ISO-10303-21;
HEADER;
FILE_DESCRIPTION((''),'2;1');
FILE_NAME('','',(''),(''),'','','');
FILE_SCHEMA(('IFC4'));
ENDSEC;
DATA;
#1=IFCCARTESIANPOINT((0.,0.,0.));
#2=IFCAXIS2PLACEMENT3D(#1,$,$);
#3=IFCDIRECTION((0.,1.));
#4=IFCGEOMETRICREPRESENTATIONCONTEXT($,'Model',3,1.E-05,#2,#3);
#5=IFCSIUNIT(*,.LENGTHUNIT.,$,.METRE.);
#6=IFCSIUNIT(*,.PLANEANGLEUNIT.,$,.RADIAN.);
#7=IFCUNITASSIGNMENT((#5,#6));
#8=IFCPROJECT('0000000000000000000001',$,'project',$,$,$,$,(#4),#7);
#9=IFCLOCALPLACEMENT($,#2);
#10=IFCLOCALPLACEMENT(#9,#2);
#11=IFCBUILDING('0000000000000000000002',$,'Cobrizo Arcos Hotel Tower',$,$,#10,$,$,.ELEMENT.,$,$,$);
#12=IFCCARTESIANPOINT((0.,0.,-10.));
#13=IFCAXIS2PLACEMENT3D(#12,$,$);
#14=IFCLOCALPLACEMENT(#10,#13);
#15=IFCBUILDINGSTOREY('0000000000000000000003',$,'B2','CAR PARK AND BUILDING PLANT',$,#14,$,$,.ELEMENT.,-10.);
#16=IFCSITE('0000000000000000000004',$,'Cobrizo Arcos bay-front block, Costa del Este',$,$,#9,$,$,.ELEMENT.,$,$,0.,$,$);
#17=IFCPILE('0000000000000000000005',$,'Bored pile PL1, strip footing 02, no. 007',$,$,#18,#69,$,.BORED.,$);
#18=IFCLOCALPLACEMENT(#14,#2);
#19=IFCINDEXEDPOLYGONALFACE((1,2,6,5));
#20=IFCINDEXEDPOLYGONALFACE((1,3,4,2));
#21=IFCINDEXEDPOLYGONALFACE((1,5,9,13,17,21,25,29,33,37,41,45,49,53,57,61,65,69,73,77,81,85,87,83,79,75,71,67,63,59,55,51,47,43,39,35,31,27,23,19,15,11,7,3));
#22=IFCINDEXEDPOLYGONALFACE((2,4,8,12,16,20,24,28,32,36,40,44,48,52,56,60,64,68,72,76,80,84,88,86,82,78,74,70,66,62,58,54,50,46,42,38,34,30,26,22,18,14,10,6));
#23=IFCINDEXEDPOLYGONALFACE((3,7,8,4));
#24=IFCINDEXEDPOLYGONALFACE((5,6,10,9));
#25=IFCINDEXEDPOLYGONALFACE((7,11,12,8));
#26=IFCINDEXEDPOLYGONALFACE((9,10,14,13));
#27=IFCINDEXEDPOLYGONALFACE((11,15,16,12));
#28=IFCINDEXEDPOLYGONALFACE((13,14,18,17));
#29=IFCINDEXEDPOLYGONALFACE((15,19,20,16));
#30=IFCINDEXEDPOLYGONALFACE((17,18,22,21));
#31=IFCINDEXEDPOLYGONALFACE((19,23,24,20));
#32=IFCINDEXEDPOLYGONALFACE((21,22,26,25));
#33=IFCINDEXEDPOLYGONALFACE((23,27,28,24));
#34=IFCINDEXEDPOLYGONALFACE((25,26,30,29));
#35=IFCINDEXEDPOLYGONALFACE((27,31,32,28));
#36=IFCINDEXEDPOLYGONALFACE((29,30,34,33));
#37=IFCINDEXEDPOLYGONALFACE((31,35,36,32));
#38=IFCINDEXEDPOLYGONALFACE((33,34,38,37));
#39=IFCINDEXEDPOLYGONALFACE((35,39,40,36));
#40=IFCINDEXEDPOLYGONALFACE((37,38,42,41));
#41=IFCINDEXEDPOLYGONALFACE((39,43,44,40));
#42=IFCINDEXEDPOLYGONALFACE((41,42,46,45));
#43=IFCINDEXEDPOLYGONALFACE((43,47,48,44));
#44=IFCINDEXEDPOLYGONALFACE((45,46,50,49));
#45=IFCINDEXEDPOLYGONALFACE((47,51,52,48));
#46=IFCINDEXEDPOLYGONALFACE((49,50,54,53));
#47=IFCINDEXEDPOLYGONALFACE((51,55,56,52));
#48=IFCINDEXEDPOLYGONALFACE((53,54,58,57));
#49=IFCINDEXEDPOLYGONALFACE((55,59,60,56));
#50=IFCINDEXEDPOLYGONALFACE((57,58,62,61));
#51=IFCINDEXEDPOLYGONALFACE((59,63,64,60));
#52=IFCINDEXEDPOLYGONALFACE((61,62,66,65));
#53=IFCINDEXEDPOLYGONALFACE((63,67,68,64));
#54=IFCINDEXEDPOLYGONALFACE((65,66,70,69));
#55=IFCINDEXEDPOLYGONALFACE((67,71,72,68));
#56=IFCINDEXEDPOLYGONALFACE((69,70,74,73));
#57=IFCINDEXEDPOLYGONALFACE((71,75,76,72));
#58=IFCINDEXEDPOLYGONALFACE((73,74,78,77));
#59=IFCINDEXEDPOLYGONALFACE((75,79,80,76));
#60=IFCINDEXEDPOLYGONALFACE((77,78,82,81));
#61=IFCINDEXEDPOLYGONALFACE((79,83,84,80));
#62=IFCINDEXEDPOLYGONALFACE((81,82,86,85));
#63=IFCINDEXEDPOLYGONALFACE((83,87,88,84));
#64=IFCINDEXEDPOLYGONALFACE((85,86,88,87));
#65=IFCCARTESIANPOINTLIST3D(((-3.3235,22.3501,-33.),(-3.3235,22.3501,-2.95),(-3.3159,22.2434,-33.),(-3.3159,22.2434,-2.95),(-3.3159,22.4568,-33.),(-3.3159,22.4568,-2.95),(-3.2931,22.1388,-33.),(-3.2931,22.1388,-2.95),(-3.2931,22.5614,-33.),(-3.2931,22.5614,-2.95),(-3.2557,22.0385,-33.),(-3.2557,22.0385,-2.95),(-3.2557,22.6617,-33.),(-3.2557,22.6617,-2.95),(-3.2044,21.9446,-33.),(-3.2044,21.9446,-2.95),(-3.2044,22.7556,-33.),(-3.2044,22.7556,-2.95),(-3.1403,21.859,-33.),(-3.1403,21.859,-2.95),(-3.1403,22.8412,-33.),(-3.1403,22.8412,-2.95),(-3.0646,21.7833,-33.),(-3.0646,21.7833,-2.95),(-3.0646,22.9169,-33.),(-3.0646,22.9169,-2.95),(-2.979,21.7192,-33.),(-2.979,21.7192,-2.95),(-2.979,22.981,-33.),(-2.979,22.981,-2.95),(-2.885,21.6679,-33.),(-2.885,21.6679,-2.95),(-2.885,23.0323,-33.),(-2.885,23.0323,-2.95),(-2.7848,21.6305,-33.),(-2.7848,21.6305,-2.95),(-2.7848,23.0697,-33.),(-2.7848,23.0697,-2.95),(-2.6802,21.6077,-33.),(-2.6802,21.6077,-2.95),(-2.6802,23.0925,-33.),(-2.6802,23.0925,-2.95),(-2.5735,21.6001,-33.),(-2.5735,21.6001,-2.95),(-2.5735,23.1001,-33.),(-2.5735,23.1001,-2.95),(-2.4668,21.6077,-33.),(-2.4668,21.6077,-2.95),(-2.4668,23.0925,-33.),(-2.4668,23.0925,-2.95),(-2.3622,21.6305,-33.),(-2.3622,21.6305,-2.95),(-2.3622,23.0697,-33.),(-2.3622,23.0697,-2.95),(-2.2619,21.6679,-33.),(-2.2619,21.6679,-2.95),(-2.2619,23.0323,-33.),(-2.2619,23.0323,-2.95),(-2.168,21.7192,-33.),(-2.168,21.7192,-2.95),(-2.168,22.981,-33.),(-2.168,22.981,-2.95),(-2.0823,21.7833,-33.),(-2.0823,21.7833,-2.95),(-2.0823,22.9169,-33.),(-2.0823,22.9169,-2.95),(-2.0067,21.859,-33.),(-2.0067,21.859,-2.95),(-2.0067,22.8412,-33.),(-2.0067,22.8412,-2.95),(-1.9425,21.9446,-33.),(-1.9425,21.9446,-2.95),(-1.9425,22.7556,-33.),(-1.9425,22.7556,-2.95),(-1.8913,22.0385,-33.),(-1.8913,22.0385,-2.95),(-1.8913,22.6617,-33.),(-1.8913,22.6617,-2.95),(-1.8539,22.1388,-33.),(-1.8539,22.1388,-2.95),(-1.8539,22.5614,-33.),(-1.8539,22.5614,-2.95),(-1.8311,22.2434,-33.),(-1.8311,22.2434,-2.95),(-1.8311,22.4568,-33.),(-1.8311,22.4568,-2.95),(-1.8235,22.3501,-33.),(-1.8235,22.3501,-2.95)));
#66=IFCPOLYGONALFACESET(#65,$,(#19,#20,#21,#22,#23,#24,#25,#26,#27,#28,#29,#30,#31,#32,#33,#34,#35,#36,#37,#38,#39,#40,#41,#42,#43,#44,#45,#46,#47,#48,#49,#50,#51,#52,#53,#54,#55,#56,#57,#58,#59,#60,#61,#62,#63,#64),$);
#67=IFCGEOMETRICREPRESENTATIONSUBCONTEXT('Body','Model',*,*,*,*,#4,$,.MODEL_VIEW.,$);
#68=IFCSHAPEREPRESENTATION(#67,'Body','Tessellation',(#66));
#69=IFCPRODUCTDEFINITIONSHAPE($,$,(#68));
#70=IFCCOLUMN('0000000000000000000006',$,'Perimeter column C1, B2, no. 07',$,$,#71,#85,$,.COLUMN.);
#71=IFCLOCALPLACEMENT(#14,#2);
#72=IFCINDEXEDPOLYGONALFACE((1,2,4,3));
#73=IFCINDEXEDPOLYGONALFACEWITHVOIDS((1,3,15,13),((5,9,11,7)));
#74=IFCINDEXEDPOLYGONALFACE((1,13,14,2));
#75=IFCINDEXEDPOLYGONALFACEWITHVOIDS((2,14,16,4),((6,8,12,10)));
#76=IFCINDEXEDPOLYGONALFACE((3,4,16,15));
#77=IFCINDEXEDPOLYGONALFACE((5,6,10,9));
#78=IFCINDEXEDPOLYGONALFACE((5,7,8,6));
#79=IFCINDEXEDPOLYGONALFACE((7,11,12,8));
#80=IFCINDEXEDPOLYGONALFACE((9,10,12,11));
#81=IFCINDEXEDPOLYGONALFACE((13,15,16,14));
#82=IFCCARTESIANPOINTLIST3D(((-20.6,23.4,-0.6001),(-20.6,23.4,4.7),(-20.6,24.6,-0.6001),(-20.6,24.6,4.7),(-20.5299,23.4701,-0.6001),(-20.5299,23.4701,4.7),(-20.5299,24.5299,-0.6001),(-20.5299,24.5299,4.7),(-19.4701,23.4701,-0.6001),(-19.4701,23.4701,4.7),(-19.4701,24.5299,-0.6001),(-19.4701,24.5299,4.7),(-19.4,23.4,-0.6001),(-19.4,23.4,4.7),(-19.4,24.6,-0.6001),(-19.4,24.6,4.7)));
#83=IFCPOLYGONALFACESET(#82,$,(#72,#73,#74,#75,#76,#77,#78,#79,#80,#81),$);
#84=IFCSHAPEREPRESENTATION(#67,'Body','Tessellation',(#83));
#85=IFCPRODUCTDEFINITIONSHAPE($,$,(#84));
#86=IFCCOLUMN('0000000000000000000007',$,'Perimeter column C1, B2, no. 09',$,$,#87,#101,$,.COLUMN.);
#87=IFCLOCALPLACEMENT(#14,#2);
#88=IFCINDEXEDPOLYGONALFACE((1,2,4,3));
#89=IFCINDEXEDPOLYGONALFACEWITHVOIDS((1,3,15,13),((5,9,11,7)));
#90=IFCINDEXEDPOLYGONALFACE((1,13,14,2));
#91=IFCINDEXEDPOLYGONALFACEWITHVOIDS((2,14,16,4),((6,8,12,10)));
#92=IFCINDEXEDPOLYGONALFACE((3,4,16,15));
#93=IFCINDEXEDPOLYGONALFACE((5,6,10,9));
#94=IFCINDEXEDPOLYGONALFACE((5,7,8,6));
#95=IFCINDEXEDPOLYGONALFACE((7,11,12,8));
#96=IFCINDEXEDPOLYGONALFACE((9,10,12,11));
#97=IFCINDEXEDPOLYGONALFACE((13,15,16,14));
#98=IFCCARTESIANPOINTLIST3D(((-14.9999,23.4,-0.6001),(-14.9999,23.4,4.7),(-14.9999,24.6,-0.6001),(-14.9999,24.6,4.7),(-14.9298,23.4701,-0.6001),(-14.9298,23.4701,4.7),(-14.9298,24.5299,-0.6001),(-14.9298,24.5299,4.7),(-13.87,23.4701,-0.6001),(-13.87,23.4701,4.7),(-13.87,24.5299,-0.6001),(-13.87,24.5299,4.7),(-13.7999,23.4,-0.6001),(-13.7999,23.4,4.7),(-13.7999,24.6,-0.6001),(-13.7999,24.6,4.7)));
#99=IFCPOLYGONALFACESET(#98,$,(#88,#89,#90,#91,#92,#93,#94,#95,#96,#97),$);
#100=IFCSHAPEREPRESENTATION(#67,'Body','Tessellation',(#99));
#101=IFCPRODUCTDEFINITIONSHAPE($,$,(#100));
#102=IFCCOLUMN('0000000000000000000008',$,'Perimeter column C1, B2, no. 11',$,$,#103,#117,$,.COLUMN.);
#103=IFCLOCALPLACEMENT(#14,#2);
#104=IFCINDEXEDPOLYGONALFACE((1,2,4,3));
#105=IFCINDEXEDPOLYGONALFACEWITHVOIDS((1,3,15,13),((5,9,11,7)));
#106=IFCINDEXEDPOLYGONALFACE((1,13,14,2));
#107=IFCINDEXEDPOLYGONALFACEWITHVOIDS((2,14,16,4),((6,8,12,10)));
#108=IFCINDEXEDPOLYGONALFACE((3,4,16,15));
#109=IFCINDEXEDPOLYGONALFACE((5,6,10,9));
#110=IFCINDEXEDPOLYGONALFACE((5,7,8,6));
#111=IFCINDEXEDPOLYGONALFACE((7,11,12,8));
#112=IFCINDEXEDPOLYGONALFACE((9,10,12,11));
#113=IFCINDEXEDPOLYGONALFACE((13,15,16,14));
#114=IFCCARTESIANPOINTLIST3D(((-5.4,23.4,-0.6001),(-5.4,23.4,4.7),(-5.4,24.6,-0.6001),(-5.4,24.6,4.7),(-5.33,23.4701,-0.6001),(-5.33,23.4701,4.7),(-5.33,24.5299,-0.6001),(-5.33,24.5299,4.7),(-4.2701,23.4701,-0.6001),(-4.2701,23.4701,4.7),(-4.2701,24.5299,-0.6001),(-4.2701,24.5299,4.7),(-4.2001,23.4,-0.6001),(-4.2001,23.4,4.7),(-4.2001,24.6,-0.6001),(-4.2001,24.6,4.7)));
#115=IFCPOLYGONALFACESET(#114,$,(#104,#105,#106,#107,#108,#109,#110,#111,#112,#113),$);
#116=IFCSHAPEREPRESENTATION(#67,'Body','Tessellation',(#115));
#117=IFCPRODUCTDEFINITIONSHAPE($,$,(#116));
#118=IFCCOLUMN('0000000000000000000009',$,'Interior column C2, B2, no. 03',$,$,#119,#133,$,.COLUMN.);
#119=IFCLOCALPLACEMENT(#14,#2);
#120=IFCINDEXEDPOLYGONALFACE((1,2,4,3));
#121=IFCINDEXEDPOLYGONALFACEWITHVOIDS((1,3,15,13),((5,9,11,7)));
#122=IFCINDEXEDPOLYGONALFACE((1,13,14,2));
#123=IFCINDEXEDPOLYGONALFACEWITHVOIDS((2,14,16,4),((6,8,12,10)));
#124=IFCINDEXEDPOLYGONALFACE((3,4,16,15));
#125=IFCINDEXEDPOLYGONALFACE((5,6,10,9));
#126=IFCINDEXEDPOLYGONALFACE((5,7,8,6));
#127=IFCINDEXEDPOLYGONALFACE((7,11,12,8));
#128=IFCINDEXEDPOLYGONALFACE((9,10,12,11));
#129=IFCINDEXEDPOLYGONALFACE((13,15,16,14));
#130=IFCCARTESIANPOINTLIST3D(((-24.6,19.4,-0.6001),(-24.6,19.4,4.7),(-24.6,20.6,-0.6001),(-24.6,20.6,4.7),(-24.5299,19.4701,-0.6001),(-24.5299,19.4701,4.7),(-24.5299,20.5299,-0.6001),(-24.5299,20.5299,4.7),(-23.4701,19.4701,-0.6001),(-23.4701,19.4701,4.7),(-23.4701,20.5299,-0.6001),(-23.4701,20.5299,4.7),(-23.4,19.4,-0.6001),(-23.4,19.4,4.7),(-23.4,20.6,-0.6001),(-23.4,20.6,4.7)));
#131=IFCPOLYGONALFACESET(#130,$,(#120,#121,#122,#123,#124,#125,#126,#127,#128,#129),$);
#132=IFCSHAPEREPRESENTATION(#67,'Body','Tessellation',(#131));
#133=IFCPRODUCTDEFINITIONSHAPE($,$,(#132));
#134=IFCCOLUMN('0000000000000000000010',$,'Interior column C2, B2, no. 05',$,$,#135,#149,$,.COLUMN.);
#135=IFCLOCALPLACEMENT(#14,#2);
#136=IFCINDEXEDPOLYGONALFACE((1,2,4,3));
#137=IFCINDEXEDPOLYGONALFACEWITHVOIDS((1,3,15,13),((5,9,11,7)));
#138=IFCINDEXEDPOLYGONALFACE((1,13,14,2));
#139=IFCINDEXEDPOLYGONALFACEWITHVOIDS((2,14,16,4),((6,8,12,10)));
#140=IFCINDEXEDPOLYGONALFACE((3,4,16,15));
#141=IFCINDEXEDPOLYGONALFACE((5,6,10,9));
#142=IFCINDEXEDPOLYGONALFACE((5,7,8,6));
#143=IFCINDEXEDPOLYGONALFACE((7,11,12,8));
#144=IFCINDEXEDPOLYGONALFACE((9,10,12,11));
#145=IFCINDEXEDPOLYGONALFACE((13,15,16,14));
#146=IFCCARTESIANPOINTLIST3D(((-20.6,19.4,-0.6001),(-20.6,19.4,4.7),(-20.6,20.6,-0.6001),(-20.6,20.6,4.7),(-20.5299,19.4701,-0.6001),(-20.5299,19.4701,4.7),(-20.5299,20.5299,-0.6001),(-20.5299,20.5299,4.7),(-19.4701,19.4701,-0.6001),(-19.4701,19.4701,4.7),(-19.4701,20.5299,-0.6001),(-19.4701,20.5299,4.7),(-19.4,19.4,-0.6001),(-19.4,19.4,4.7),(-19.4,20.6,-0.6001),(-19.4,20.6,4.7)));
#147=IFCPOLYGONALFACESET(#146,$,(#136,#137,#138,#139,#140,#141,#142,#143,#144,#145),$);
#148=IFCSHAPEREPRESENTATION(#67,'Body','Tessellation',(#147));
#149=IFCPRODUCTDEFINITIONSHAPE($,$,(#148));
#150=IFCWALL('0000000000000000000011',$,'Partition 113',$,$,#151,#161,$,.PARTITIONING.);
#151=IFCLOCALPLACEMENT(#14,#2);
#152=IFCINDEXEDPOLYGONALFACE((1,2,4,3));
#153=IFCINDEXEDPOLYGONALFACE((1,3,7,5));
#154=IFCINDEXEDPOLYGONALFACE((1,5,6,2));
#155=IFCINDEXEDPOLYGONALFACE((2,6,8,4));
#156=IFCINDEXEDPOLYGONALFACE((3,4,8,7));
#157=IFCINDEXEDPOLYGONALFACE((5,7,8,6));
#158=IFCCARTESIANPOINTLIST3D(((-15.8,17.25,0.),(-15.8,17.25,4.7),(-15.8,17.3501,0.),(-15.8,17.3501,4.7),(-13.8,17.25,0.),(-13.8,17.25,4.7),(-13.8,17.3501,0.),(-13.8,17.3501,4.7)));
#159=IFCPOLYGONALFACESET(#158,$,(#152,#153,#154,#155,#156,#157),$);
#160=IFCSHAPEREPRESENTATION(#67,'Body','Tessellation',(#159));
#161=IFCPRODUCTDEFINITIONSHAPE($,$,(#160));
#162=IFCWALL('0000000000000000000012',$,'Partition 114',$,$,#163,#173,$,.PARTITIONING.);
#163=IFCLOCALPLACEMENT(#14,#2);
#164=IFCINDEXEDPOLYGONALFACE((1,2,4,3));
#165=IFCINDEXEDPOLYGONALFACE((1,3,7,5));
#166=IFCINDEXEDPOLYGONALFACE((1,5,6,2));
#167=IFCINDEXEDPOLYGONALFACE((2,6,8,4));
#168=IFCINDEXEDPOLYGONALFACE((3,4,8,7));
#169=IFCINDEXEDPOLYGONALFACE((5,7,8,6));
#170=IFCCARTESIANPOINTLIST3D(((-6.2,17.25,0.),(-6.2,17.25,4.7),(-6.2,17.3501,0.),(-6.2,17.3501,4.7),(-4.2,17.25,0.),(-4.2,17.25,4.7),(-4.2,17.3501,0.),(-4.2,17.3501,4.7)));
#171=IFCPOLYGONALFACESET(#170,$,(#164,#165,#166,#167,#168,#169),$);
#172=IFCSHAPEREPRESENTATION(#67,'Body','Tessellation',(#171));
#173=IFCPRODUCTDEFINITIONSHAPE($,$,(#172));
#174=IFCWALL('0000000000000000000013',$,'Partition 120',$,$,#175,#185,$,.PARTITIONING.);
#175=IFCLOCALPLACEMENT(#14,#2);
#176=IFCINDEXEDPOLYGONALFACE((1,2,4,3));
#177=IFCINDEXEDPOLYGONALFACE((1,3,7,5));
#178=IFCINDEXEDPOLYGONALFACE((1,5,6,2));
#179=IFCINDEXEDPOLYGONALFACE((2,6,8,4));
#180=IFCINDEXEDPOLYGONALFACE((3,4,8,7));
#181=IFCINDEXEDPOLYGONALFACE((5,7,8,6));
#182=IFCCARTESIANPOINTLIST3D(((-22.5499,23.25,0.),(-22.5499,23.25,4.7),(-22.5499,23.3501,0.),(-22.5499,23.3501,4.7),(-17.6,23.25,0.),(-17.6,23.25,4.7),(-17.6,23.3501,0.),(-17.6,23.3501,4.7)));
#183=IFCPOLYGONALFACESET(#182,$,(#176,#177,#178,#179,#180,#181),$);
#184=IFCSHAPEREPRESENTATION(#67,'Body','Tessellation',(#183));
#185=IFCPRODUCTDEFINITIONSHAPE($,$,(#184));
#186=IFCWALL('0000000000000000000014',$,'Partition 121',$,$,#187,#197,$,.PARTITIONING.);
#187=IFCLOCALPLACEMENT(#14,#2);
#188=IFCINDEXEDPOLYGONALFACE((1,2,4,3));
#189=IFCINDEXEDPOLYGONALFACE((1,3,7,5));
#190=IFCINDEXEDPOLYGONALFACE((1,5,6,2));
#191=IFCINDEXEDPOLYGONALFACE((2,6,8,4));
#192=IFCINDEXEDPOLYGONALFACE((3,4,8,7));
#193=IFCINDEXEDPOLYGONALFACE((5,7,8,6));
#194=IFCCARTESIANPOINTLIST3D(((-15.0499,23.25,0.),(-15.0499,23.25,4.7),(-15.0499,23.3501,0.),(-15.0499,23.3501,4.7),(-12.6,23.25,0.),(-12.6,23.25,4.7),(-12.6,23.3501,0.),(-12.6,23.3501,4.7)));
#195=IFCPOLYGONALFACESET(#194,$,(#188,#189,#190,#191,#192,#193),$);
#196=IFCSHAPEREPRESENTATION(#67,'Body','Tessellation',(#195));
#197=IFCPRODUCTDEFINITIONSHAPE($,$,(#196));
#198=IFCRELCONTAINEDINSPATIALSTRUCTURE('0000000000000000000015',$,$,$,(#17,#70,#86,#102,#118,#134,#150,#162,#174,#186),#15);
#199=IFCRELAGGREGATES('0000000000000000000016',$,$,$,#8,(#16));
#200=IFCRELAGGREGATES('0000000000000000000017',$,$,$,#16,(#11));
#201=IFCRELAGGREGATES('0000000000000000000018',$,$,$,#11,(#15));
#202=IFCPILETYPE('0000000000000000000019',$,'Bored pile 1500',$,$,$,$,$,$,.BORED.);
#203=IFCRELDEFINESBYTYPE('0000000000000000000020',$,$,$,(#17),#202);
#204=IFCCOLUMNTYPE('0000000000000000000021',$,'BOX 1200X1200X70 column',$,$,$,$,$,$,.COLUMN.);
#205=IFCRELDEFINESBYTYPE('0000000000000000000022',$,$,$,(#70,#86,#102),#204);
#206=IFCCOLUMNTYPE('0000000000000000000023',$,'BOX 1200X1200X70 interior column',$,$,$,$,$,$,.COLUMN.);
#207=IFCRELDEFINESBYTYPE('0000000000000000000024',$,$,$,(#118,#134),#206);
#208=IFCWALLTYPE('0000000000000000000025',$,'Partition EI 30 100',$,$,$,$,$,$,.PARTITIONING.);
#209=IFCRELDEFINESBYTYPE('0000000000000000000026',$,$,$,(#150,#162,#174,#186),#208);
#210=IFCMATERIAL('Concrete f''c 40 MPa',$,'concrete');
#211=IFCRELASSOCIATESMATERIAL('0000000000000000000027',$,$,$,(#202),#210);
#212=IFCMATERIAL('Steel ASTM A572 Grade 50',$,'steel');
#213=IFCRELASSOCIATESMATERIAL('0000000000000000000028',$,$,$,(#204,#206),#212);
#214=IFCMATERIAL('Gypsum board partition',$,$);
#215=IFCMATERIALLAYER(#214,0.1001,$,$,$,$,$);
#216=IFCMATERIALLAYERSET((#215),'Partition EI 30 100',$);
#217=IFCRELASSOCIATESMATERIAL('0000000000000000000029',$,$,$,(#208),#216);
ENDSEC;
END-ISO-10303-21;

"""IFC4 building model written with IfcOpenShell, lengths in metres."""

from ifc_helpers import new_model, si_unit, direction, frame, frame_2d, origin, origin_2d, place, context, subcontext, project, spatial, rectangle, hollow_rectangle, circle, extrude, material, layer, layer_set, material_profile, profile_set, type_object, element, save


model = new_model("IFC4")

# Units and contexts
model_context = context("Model", 3, precision=1e-05, world=origin(), true_north=direction((0.0, 1.0)))
body_context = subcontext(model_context, "Body", "Model", "MODEL_VIEW")
ifc_project = project(units=[si_unit("LENGTHUNIT", "METRE"), si_unit("PLANEANGLEUNIT", "RADIAN")], contexts=[model_context])

# Site, building, storey
site_placement = place(None, origin())
site = spatial("IfcSite", under=ifc_project, at=site_placement, Name="Cobrizo Arcos bay-front block, Costa del Este", CompositionType="ELEMENT", RefElevation=0.0)
building_placement = place(site_placement, origin())
building = spatial("IfcBuilding", under=site, at=building_placement, Name="Cobrizo Arcos Hotel Tower", CompositionType="ELEMENT")
storey_placement = place(building_placement, frame((0.0, 0.0, -10.0)))
storey = spatial("IfcBuildingStorey", under=building, at=storey_placement, Name="B2", Description="CAR PARK AND BUILDING PLANT", CompositionType="ELEMENT", Elevation=-10.0)

# Pile
ifc_material_1 = material(Name="Concrete f'c 40 MPa", Category="concrete")
ifc_material_profile_1 = material_profile(ifc_material_1, circle(Radius=0.75, at=origin_2d()), Name="BORED PILE 1500")
ifc_profile_set_1 = profile_set([ifc_material_profile_1], Name="Concrete f'c 40 MPa")
pile_type = type_object("IfcPileType", Name="Bored pile 1500", PredefinedType="BORED", material=ifc_profile_set_1)
for number, where, z_axis, x_axis, name in (
    (1, (-2.5735, 22.3501, -2.95), (0.0, 0.0, -1.0), (1.0, 0.0, 0.0), "Bored pile PL1, strip footing 02, no. 007"),
):
    element("IfcPile", number, at=place(storey_placement, frame(where, z_axis=z_axis, x_axis=x_axis)), inside=storey, type_object=pile_type, Name=name, PredefinedType="BORED", context=body_context, shape_type="SweptSolid", body=[
        extrude(circle(Radius=0.75, at=origin_2d()), origin(), (0.0, 0.0, 1.0), 30.05),
    ])

# Columns
ifc_material_2 = material(Name="Steel ASTM A572 Grade 50", Category="steel")
ifc_material_profile_2 = material_profile(ifc_material_2, hollow_rectangle(XDim=1.2, YDim=1.2, WallThickness=0.0701, at=origin_2d()), Name="BOX 1200X1200X70")
ifc_profile_set_2 = profile_set([ifc_material_profile_2], Name="Steel ASTM A572 Grade 50")
column_type_1 = type_object("IfcColumnType", Name="BOX 1200X1200X70 column", PredefinedType="COLUMN", material=ifc_profile_set_2)
for number, where, z_axis, x_axis, name in (
    (2, (-20.0, 24.0, -0.6001), (0.0, 0.0, 1.0), (1.0, 0.0, 0.0), "Perimeter column C1, B2, no. 07"),
    (3, (-14.3999, 24.0, -0.6001), (0.0, 0.0, 1.0), (1.0, 0.0, 0.0), "Perimeter column C1, B2, no. 09"),
    (4, (-4.8, 24.0, -0.6001), (0.0, 0.0, 1.0), (1.0, 0.0, 0.0), "Perimeter column C1, B2, no. 11"),
):
    element("IfcColumn", number, at=place(storey_placement, frame(where, z_axis=z_axis, x_axis=x_axis)), inside=storey, type_object=column_type_1, Name=name, PredefinedType="COLUMN", context=body_context, shape_type="SweptSolid", body=[
        extrude(hollow_rectangle(XDim=1.2, YDim=1.2, WallThickness=0.0701, at=origin_2d()), origin(), (0.0, 0.0, 1.0), 5.3),
    ])
ifc_material_profile_3 = material_profile(ifc_material_2, hollow_rectangle(XDim=1.2, YDim=1.2, WallThickness=0.0701, at=origin_2d()), Name="BOX 1200X1200X70")
ifc_profile_set_3 = profile_set([ifc_material_profile_3], Name="Steel ASTM A572 Grade 50")
column_type_2 = type_object("IfcColumnType", Name="BOX 1200X1200X70 interior column", PredefinedType="COLUMN", material=ifc_profile_set_3)
for number, where, z_axis, x_axis, name in (
    (5, (-24.0, 20.0, -0.6001), (0.0, 0.0, 1.0), (1.0, 0.0, 0.0), "Interior column C2, B2, no. 03"),
    (6, (-20.0, 20.0, -0.6001), (0.0, 0.0, 1.0), (1.0, 0.0, 0.0), "Interior column C2, B2, no. 05"),
):
    element("IfcColumn", number, at=place(storey_placement, frame(where, z_axis=z_axis, x_axis=x_axis)), inside=storey, type_object=column_type_2, Name=name, PredefinedType="COLUMN", context=body_context, shape_type="SweptSolid", body=[
        extrude(hollow_rectangle(XDim=1.2, YDim=1.2, WallThickness=0.0701, at=origin_2d()), origin(), (0.0, 0.0, 1.0), 5.3),
    ])

# Walls
ifc_material_3 = material(Name="Gypsum board partition")
ifc_layer = layer(ifc_material_3, 0.1001)
ifc_layer_set = layer_set([ifc_layer], Name="Partition EI 30 100")
wall_type = type_object("IfcWallType", Name="Partition EI 30 100", PredefinedType="PARTITIONING", material=ifc_layer_set)
for number, where, z_axis, x_axis, name in (
    (7, (-15.8, 17.3, 0.0), (0.0, 0.0, 1.0), (1.0, 0.0, 0.0), "Partition 113"),
    (8, (-6.2, 17.3, 0.0), (0.0, 0.0, 1.0), (1.0, 0.0, 0.0), "Partition 114"),
):
    element("IfcWall", number, at=place(storey_placement, frame(where, z_axis=z_axis, x_axis=x_axis)), inside=storey, type_object=wall_type, Name=name, PredefinedType="PARTITIONING", context=body_context, shape_type="SweptSolid", body=[
        extrude(rectangle(XDim=2.0, YDim=0.1001, at=frame_2d((1.0, 0.0))), origin(), (0.0, 0.0, 1.0), 4.7),
    ])
wall_1_placement = place(storey_placement, frame((-22.55, 23.3, 0.0), z_axis=(0.0, 0.0, 1.0), x_axis=(1.0, 0.0, 0.0)))
element("IfcWall", 9, at=wall_1_placement, inside=storey, type_object=wall_type, Name="Partition 120", PredefinedType="PARTITIONING", context=body_context, shape_type="SweptSolid", body=[
    extrude(rectangle(XDim=4.95, YDim=0.1001, at=frame_2d((2.4751, 0.0))), origin(), (0.0, 0.0, 1.0), 4.7),
])
wall_2_placement = place(storey_placement, frame((-15.05, 23.3, 0.0), z_axis=(0.0, 0.0, 1.0), x_axis=(1.0, 0.0, 0.0)))
element("IfcWall", 10, at=wall_2_placement, inside=storey, type_object=wall_type, Name="Partition 121", PredefinedType="PARTITIONING", context=body_context, shape_type="SweptSolid", body=[
    extrude(rectangle(XDim=2.45, YDim=0.1001, at=frame_2d((1.2251, 0.0))), origin(), (0.0, 0.0, 1.0), 4.7),
])

save(model, "model.ifc")
